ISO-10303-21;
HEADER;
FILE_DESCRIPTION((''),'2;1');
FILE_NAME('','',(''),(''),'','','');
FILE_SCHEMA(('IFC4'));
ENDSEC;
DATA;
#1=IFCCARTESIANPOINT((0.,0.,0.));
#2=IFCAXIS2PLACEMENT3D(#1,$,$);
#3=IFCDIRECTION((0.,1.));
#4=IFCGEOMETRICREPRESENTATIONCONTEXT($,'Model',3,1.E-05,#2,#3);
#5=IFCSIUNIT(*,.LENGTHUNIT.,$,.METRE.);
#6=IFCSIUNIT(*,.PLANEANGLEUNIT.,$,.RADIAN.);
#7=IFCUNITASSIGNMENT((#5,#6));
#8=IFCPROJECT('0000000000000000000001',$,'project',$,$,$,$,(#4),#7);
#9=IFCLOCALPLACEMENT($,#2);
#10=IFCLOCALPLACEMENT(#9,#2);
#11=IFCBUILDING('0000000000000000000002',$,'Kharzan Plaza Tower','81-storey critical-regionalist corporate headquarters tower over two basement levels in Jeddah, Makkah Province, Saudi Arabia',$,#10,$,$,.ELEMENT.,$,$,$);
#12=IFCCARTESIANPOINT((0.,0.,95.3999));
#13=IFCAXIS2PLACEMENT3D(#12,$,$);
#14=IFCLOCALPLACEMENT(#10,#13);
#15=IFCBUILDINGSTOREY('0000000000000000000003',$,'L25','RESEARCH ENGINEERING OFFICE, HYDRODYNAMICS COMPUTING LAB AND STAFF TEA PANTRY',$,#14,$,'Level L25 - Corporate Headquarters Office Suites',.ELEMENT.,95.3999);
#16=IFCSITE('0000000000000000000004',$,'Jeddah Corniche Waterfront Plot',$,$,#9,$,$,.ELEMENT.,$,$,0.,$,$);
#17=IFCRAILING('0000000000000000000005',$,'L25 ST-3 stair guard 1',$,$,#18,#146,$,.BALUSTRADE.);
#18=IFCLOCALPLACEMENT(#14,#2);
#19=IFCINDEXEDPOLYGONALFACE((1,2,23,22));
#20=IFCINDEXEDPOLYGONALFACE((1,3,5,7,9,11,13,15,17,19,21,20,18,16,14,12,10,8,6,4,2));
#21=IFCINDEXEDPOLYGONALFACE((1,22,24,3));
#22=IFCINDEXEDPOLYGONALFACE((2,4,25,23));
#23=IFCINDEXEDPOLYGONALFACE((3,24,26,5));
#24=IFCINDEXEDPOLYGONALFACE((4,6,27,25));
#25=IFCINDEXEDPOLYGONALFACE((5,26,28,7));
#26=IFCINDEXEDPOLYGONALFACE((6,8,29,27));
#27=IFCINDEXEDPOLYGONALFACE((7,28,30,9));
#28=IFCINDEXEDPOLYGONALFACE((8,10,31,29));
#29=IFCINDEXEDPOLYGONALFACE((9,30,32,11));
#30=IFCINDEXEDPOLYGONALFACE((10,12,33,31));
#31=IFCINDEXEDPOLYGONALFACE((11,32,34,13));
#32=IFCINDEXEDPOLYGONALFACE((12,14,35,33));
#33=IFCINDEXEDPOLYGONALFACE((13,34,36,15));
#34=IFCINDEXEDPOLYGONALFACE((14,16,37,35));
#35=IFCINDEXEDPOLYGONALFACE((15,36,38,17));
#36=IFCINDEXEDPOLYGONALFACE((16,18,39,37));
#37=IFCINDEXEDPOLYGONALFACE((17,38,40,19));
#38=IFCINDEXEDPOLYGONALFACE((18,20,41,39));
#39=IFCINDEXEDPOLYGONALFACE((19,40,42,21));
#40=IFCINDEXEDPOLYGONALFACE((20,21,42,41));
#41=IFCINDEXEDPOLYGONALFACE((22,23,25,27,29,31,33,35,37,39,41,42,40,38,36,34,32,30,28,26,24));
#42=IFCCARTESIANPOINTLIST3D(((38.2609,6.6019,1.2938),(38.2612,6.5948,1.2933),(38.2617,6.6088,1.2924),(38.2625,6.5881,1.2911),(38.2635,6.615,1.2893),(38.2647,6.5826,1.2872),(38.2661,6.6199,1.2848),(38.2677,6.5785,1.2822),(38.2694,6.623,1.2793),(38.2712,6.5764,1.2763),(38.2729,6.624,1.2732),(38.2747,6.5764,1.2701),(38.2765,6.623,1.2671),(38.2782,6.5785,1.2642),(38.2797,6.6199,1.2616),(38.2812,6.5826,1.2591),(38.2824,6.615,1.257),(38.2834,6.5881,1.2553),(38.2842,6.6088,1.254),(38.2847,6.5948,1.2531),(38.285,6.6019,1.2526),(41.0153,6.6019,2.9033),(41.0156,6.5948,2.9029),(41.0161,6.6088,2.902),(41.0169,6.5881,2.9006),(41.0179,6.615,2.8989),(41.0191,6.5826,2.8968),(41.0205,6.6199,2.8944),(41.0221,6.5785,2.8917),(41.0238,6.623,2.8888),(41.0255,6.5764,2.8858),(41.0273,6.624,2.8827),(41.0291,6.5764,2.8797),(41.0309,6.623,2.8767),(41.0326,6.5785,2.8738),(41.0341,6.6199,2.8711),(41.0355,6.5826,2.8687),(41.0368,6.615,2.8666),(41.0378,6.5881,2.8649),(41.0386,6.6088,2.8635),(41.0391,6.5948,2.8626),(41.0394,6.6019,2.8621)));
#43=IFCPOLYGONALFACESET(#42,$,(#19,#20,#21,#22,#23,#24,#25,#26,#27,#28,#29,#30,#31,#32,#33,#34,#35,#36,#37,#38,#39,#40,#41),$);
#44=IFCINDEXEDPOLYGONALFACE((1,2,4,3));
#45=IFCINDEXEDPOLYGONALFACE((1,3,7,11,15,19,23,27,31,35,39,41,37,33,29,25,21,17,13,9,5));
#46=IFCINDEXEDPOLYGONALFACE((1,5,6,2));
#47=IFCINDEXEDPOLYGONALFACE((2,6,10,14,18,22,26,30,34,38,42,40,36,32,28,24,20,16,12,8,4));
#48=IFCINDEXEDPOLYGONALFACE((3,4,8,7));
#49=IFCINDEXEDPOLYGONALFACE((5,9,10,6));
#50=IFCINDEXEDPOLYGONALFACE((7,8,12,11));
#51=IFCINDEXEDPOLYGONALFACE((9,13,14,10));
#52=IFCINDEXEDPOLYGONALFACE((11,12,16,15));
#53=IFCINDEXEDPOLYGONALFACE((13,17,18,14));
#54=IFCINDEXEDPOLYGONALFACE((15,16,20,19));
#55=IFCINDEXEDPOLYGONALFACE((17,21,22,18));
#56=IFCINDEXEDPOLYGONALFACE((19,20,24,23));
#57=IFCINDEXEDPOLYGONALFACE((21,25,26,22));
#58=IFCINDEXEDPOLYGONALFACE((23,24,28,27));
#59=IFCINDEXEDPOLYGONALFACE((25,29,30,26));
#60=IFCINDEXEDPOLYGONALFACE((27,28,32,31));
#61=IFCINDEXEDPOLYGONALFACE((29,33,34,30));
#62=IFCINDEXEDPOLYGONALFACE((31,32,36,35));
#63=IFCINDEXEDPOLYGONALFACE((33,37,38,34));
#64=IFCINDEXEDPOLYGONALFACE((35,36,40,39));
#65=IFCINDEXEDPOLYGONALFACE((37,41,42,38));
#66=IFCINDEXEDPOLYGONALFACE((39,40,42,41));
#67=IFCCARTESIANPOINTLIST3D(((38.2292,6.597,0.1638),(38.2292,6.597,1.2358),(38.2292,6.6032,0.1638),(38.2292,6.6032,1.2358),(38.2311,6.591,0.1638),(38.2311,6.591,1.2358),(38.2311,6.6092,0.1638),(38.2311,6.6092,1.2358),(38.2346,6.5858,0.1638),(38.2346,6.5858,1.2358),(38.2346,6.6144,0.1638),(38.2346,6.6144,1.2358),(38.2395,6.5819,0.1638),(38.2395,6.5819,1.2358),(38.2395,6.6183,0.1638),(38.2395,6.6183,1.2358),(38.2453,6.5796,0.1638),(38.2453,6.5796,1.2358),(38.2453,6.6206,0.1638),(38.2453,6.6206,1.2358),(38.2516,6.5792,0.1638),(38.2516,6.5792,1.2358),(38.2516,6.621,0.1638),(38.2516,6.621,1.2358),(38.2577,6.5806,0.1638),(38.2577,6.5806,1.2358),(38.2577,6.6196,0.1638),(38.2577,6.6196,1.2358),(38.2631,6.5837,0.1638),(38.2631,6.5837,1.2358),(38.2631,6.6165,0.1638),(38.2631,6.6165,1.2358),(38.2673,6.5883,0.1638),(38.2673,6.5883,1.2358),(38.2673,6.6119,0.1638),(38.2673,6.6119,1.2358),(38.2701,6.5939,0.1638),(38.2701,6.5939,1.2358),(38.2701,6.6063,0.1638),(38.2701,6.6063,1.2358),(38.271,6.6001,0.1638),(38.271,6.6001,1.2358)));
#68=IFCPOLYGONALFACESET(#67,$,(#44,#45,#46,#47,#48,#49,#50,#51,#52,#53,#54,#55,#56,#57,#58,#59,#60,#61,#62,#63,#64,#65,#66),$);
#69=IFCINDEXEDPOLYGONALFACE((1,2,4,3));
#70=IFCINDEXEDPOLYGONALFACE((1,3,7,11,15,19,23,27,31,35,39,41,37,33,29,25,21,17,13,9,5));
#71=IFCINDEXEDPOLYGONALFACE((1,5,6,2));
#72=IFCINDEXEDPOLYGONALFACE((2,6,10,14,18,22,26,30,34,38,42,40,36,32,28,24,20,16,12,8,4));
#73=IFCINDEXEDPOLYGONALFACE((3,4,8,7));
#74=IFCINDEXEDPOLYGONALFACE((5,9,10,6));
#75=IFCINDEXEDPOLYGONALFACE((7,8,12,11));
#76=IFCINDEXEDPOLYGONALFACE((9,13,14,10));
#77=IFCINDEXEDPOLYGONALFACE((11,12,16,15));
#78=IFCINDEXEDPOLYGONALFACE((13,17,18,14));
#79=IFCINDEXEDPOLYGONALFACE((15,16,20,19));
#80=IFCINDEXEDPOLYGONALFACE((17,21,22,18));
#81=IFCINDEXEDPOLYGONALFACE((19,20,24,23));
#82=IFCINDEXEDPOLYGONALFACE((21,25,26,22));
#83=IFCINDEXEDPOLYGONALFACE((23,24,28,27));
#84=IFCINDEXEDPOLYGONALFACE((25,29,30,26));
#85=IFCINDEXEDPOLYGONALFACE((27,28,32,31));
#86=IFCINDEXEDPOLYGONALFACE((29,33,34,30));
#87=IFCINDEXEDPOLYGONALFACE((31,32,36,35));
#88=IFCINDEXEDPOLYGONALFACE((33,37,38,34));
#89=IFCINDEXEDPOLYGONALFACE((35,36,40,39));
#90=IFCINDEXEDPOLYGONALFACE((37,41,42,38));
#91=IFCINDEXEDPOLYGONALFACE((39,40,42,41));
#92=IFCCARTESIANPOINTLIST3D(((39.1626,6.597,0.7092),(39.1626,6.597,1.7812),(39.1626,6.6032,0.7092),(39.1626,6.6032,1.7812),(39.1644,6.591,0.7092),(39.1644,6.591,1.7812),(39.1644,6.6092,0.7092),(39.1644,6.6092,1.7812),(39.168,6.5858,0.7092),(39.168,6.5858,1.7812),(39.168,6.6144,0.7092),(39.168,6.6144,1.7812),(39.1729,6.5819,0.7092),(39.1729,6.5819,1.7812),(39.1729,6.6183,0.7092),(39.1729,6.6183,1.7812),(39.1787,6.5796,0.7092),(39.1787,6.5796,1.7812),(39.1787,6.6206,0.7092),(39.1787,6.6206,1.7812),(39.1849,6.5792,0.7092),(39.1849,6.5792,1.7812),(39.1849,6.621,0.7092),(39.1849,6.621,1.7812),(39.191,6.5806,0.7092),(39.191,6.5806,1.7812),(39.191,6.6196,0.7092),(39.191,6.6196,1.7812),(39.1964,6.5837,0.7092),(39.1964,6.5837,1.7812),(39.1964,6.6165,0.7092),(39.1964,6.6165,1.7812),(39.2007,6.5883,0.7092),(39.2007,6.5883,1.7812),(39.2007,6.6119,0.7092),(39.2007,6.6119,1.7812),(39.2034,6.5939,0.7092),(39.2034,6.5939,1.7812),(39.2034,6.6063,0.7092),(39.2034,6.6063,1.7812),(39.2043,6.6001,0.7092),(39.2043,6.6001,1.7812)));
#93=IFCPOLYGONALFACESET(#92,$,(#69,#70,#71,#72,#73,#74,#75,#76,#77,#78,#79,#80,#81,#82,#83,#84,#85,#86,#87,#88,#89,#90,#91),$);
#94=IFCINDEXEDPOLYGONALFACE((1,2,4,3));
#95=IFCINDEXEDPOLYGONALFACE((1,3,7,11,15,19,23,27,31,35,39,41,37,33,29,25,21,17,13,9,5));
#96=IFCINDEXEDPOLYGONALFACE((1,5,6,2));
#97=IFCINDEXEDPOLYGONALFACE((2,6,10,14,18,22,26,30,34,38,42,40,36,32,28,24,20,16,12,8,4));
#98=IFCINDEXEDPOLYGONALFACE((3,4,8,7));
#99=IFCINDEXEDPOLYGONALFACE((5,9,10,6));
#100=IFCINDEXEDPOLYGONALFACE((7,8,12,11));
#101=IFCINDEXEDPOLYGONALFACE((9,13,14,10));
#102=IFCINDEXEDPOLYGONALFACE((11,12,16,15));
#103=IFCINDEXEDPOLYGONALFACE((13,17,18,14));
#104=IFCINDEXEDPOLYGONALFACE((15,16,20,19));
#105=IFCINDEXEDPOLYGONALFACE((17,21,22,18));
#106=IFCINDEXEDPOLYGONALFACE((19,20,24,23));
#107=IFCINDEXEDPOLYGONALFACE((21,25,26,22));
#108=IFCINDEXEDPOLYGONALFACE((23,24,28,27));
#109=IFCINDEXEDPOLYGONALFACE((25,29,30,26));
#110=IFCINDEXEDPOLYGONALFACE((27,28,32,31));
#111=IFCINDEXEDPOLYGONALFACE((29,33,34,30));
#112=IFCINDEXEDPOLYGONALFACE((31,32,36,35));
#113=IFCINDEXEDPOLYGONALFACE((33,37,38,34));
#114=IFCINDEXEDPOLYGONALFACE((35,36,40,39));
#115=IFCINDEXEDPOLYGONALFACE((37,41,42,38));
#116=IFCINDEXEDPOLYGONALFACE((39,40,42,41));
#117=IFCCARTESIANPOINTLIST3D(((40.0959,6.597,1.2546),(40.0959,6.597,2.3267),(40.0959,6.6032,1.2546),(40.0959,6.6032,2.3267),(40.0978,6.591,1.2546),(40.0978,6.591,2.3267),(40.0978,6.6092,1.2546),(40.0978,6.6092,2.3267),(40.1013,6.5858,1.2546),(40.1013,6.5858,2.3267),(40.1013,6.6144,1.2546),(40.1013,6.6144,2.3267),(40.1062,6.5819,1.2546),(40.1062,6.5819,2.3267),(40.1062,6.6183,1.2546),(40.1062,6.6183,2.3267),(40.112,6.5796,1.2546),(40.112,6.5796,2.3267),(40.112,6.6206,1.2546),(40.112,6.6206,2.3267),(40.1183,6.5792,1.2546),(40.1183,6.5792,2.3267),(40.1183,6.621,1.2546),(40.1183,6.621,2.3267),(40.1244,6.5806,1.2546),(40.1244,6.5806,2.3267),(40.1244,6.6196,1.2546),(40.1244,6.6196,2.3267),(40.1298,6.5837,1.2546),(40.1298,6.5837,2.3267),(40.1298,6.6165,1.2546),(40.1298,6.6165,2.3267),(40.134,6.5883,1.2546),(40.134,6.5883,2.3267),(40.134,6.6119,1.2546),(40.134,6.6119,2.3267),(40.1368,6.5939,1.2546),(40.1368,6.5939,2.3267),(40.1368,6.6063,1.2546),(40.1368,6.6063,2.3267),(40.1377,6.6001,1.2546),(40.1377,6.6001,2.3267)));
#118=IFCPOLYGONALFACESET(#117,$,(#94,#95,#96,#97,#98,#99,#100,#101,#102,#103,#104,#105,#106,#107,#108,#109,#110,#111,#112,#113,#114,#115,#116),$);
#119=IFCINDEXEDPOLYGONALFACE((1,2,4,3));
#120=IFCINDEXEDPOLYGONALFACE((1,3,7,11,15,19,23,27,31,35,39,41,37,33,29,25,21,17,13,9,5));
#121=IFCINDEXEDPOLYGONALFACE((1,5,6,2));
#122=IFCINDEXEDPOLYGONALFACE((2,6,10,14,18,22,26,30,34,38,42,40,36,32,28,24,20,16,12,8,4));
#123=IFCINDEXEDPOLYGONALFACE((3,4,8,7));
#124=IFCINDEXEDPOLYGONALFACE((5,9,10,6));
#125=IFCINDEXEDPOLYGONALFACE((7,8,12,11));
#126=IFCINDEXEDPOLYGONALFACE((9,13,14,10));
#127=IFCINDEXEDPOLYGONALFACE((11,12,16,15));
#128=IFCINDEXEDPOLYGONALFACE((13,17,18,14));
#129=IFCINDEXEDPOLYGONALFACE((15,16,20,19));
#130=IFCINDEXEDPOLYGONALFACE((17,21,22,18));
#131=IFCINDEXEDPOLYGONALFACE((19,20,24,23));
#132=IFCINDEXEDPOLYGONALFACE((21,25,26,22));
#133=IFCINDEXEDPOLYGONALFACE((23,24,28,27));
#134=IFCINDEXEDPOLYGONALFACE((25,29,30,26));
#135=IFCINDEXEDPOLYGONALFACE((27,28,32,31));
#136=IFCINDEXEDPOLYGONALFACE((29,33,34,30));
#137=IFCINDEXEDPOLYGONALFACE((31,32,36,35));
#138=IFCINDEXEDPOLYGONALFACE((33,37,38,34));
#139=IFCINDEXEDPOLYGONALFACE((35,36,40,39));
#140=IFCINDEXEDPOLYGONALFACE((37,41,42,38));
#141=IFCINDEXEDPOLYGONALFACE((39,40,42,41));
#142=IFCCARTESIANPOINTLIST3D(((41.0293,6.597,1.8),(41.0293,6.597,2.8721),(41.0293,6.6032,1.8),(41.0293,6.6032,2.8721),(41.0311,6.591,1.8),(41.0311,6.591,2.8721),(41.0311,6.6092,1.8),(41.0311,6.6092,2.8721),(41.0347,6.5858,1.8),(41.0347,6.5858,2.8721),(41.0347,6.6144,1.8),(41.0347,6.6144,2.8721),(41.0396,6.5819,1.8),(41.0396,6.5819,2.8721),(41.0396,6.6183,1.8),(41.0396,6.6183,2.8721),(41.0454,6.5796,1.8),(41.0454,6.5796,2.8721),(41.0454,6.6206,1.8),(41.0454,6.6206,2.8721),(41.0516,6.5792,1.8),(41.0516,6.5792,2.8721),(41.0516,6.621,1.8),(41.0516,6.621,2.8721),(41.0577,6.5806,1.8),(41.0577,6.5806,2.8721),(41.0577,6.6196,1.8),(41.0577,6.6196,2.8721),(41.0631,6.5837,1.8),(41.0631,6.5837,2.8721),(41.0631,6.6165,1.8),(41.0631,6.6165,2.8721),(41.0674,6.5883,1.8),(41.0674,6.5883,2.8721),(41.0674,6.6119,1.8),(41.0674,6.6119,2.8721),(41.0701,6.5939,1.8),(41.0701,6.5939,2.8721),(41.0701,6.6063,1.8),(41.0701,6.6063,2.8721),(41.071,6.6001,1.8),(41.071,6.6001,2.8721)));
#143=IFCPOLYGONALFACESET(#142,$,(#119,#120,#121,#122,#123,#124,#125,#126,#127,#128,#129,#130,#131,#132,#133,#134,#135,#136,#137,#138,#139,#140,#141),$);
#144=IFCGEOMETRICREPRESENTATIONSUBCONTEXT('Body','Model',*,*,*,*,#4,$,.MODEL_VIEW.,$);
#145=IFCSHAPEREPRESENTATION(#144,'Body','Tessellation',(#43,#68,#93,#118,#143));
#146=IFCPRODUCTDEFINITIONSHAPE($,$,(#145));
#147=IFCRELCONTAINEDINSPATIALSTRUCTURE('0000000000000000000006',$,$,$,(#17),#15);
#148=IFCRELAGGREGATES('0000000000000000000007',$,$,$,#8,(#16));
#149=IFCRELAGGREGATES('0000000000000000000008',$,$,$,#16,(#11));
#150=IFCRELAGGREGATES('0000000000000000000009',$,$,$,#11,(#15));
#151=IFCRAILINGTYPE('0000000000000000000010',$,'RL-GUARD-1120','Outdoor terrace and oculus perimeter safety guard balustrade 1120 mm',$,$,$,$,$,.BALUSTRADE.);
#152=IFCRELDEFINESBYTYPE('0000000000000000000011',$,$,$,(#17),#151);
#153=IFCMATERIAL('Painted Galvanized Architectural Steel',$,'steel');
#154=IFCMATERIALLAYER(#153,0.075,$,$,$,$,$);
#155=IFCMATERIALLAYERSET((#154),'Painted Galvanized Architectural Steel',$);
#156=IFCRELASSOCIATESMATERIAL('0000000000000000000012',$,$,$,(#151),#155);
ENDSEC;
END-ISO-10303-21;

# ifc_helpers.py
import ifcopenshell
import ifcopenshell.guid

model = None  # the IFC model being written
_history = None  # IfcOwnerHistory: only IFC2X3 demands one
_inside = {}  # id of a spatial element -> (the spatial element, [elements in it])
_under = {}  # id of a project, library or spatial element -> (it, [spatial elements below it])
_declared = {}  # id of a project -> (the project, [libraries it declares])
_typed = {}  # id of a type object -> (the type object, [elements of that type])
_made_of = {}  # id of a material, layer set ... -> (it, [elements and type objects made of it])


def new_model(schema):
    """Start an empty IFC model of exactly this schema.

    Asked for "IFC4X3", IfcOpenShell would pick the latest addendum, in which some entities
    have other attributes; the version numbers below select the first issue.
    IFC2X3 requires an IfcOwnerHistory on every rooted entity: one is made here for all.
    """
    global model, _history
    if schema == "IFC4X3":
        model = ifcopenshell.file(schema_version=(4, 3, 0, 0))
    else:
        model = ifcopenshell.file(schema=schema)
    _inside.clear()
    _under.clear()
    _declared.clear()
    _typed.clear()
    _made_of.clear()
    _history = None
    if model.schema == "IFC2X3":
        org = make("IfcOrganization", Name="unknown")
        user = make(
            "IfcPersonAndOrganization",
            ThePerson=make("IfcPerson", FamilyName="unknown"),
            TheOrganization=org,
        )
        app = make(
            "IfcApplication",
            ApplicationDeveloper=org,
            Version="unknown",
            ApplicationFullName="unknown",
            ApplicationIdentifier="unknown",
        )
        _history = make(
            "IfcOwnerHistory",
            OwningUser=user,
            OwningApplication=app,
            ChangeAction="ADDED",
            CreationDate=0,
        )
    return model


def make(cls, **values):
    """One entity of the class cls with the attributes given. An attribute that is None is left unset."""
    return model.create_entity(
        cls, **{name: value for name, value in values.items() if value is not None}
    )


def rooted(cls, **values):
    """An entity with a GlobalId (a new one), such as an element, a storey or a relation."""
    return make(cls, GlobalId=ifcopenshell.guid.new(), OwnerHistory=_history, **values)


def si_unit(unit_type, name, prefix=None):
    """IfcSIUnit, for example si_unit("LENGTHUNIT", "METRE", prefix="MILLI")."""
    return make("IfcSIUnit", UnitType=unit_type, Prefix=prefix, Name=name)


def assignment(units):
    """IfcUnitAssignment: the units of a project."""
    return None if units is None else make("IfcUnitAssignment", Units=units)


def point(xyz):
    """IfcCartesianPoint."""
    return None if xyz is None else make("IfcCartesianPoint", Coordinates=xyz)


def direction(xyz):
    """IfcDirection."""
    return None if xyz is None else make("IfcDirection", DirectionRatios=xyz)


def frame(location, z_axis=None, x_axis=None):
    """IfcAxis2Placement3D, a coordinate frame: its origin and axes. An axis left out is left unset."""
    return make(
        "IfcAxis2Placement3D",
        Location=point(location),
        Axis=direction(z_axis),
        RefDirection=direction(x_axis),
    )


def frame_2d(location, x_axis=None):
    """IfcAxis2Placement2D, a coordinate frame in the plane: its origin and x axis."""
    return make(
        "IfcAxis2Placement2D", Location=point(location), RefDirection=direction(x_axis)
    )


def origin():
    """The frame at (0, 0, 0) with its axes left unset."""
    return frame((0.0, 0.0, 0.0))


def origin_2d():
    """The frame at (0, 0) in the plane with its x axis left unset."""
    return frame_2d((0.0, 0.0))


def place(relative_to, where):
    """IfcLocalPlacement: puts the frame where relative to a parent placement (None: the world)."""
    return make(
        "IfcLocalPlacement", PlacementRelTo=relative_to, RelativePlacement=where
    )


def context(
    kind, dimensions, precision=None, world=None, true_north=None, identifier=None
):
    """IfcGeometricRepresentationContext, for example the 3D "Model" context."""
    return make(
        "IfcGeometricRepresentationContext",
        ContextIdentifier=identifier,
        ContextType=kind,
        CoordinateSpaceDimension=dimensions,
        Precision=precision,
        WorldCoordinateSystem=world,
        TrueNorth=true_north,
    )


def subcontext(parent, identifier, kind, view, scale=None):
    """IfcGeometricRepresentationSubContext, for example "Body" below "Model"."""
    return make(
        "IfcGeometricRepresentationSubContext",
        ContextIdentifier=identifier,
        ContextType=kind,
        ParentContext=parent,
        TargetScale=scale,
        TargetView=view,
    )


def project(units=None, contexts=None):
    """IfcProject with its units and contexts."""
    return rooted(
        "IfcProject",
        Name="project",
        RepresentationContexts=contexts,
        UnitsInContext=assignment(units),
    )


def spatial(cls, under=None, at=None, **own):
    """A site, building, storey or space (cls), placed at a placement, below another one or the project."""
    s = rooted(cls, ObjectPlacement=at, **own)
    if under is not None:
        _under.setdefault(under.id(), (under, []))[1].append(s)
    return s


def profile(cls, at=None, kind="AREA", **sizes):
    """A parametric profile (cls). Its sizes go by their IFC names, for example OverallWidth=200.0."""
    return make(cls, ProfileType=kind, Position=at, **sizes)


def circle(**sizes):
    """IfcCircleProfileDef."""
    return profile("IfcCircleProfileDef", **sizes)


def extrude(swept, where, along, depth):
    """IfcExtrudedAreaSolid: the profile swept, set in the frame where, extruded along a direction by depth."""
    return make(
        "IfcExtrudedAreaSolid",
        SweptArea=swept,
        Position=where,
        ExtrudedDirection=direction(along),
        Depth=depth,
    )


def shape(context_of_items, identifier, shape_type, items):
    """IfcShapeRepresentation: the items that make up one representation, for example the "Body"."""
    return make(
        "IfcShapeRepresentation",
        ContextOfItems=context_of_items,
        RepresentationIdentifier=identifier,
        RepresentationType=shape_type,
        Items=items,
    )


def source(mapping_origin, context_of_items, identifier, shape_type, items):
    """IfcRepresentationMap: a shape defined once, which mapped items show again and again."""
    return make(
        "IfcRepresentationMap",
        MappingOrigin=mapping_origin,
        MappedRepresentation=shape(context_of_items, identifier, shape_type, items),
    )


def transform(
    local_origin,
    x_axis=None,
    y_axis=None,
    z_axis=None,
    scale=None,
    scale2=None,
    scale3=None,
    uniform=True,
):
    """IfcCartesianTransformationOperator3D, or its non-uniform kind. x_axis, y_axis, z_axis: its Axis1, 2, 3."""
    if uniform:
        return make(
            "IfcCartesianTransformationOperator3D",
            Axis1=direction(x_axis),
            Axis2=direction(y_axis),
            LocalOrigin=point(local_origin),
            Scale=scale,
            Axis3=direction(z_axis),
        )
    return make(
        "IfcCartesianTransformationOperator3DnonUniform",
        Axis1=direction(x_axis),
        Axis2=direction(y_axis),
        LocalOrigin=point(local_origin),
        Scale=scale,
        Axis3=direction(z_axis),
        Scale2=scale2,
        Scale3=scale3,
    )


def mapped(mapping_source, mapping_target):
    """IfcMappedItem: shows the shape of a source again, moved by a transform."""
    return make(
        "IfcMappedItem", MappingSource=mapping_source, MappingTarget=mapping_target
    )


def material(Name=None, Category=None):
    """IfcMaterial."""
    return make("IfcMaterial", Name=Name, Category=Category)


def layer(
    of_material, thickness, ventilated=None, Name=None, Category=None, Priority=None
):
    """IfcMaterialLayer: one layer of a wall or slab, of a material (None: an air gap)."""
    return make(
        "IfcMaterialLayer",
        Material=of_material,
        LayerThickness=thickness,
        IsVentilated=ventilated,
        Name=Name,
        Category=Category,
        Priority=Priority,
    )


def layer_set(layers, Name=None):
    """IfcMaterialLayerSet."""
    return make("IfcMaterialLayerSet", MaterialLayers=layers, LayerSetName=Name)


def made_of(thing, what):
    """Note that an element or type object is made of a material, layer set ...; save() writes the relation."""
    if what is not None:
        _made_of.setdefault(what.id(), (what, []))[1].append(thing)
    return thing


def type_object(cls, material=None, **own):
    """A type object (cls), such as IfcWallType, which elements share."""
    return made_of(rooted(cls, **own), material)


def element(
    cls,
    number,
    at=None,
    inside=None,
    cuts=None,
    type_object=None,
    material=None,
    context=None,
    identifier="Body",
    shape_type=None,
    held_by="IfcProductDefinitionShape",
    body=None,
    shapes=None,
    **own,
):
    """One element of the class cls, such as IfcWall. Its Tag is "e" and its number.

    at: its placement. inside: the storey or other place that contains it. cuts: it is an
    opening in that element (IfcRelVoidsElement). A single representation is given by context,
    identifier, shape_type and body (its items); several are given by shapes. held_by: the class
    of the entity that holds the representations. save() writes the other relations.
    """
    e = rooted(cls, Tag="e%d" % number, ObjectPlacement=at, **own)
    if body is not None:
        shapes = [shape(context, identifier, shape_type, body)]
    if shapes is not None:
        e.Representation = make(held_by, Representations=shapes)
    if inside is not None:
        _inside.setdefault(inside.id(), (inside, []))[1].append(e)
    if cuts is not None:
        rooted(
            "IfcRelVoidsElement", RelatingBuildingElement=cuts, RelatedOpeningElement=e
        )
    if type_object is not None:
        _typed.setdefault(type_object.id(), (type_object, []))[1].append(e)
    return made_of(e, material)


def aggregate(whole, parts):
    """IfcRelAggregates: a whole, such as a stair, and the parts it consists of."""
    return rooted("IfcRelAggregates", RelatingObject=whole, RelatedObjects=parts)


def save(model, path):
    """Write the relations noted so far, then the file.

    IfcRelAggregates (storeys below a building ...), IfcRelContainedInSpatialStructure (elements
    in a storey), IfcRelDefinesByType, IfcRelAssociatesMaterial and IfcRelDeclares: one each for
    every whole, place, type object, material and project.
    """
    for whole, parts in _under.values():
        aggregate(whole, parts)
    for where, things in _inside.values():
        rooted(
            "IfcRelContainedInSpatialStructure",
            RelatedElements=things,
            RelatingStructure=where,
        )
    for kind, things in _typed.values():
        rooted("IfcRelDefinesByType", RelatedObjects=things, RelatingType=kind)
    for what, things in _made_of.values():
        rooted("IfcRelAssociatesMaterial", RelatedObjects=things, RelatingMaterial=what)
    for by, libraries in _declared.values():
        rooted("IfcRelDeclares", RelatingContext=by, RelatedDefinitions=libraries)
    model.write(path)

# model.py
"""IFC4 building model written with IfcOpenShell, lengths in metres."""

from ifc_helpers import new_model, si_unit, direction, frame, origin, origin_2d, place, context, subcontext, project, spatial, circle, extrude, source, transform, mapped, material, layer, layer_set, type_object, element, save


model = new_model("IFC4")

# Units and contexts
model_context = context("Model", 3, precision=1e-05, world=origin(), true_north=direction((0.0, 1.0)))
body_context = subcontext(model_context, "Body", "Model", "MODEL_VIEW")
ifc_project = project(units=[si_unit("LENGTHUNIT", "METRE"), si_unit("PLANEANGLEUNIT", "RADIAN")], contexts=[model_context])

# Site, building, storey
site_placement = place(None, origin())
site = spatial("IfcSite", under=ifc_project, at=site_placement, Name="Jeddah Corniche Waterfront Plot", CompositionType="ELEMENT", RefElevation=0.0)
building_placement = place(site_placement, origin())
building = spatial("IfcBuilding", under=site, at=building_placement, Name="Kharzan Plaza Tower", Description="81-storey critical-regionalist corporate headquarters tower over two basement levels in Jeddah, Makkah Province, Saudi Arabia", CompositionType="ELEMENT")
storey_placement = place(building_placement, frame((0.0, 0.0, 95.3999)))
storey = spatial("IfcBuildingStorey", under=building, at=storey_placement, Name="L25", Description="RESEARCH ENGINEERING OFFICE, HYDRODYNAMICS COMPUTING LAB AND STAFF TEA PANTRY", LongName="Level L25 - Corporate Headquarters Office Suites", CompositionType="ELEMENT", Elevation=95.3999)

# Railing
ifc_material_1 = material(Name="Painted Galvanized Architectural Steel", Category="steel")
ifc_layer_1 = layer(ifc_material_1, 0.075)
ifc_layer_set_1 = layer_set([ifc_layer_1], Name="Painted Galvanized Architectural Steel")
railing_type_1 = type_object("IfcRailingType", Name="RL-GUARD-1120", Description="Outdoor terrace and oculus perimeter safety guard balustrade 1120 mm", PredefinedType="BALUSTRADE", material=ifc_layer_set_1)
shared_shape_1 = source(origin(), body_context, "Body", "SweptSolid", [
    extrude(circle(Radius=0.0239, at=origin_2d()), frame((0.0229, 0.0, 1.1094), z_axis=(0.863394, 0.0, 0.504531), x_axis=(0.0, 1.0, 0.0)), (0.0, 0.0, 1.0), 3.1902),
    extrude(circle(Radius=0.021, at=origin_2d()), origin(), (0.0, 0.0, 1.0), 1.072),
    extrude(circle(Radius=0.021, at=origin_2d()), frame((0.9333, 0.0, 0.5454)), (0.0, 0.0, 1.0), 1.072),
    extrude(circle(Radius=0.021, at=origin_2d()), frame((1.8667, 0.0, 1.0908)), (0.0, 0.0, 1.0), 1.072),
    extrude(circle(Radius=0.021, at=origin_2d()), frame((2.8, 0.0, 1.6362)), (0.0, 0.0, 1.0), 1.072),
])
railing_1_placement = place(storey_placement, frame((38.25, 6.6001, 0.1638)))
element("IfcRailing", 1, at=railing_1_placement, inside=storey, type_object=railing_type_1, Name="L25 ST-3 stair guard 1", PredefinedType="BALUSTRADE", context=body_context, shape_type="MappedRepresentation", body=[
    mapped(shared_shape_1, transform((0.0, 0.0, 0.0), x_axis=(1.0, 0.0, 0.0), y_axis=(0.0, 1.0, 0.0), z_axis=(0.0, 0.0, 1.0))),
])

save(model, "model.ifc")
